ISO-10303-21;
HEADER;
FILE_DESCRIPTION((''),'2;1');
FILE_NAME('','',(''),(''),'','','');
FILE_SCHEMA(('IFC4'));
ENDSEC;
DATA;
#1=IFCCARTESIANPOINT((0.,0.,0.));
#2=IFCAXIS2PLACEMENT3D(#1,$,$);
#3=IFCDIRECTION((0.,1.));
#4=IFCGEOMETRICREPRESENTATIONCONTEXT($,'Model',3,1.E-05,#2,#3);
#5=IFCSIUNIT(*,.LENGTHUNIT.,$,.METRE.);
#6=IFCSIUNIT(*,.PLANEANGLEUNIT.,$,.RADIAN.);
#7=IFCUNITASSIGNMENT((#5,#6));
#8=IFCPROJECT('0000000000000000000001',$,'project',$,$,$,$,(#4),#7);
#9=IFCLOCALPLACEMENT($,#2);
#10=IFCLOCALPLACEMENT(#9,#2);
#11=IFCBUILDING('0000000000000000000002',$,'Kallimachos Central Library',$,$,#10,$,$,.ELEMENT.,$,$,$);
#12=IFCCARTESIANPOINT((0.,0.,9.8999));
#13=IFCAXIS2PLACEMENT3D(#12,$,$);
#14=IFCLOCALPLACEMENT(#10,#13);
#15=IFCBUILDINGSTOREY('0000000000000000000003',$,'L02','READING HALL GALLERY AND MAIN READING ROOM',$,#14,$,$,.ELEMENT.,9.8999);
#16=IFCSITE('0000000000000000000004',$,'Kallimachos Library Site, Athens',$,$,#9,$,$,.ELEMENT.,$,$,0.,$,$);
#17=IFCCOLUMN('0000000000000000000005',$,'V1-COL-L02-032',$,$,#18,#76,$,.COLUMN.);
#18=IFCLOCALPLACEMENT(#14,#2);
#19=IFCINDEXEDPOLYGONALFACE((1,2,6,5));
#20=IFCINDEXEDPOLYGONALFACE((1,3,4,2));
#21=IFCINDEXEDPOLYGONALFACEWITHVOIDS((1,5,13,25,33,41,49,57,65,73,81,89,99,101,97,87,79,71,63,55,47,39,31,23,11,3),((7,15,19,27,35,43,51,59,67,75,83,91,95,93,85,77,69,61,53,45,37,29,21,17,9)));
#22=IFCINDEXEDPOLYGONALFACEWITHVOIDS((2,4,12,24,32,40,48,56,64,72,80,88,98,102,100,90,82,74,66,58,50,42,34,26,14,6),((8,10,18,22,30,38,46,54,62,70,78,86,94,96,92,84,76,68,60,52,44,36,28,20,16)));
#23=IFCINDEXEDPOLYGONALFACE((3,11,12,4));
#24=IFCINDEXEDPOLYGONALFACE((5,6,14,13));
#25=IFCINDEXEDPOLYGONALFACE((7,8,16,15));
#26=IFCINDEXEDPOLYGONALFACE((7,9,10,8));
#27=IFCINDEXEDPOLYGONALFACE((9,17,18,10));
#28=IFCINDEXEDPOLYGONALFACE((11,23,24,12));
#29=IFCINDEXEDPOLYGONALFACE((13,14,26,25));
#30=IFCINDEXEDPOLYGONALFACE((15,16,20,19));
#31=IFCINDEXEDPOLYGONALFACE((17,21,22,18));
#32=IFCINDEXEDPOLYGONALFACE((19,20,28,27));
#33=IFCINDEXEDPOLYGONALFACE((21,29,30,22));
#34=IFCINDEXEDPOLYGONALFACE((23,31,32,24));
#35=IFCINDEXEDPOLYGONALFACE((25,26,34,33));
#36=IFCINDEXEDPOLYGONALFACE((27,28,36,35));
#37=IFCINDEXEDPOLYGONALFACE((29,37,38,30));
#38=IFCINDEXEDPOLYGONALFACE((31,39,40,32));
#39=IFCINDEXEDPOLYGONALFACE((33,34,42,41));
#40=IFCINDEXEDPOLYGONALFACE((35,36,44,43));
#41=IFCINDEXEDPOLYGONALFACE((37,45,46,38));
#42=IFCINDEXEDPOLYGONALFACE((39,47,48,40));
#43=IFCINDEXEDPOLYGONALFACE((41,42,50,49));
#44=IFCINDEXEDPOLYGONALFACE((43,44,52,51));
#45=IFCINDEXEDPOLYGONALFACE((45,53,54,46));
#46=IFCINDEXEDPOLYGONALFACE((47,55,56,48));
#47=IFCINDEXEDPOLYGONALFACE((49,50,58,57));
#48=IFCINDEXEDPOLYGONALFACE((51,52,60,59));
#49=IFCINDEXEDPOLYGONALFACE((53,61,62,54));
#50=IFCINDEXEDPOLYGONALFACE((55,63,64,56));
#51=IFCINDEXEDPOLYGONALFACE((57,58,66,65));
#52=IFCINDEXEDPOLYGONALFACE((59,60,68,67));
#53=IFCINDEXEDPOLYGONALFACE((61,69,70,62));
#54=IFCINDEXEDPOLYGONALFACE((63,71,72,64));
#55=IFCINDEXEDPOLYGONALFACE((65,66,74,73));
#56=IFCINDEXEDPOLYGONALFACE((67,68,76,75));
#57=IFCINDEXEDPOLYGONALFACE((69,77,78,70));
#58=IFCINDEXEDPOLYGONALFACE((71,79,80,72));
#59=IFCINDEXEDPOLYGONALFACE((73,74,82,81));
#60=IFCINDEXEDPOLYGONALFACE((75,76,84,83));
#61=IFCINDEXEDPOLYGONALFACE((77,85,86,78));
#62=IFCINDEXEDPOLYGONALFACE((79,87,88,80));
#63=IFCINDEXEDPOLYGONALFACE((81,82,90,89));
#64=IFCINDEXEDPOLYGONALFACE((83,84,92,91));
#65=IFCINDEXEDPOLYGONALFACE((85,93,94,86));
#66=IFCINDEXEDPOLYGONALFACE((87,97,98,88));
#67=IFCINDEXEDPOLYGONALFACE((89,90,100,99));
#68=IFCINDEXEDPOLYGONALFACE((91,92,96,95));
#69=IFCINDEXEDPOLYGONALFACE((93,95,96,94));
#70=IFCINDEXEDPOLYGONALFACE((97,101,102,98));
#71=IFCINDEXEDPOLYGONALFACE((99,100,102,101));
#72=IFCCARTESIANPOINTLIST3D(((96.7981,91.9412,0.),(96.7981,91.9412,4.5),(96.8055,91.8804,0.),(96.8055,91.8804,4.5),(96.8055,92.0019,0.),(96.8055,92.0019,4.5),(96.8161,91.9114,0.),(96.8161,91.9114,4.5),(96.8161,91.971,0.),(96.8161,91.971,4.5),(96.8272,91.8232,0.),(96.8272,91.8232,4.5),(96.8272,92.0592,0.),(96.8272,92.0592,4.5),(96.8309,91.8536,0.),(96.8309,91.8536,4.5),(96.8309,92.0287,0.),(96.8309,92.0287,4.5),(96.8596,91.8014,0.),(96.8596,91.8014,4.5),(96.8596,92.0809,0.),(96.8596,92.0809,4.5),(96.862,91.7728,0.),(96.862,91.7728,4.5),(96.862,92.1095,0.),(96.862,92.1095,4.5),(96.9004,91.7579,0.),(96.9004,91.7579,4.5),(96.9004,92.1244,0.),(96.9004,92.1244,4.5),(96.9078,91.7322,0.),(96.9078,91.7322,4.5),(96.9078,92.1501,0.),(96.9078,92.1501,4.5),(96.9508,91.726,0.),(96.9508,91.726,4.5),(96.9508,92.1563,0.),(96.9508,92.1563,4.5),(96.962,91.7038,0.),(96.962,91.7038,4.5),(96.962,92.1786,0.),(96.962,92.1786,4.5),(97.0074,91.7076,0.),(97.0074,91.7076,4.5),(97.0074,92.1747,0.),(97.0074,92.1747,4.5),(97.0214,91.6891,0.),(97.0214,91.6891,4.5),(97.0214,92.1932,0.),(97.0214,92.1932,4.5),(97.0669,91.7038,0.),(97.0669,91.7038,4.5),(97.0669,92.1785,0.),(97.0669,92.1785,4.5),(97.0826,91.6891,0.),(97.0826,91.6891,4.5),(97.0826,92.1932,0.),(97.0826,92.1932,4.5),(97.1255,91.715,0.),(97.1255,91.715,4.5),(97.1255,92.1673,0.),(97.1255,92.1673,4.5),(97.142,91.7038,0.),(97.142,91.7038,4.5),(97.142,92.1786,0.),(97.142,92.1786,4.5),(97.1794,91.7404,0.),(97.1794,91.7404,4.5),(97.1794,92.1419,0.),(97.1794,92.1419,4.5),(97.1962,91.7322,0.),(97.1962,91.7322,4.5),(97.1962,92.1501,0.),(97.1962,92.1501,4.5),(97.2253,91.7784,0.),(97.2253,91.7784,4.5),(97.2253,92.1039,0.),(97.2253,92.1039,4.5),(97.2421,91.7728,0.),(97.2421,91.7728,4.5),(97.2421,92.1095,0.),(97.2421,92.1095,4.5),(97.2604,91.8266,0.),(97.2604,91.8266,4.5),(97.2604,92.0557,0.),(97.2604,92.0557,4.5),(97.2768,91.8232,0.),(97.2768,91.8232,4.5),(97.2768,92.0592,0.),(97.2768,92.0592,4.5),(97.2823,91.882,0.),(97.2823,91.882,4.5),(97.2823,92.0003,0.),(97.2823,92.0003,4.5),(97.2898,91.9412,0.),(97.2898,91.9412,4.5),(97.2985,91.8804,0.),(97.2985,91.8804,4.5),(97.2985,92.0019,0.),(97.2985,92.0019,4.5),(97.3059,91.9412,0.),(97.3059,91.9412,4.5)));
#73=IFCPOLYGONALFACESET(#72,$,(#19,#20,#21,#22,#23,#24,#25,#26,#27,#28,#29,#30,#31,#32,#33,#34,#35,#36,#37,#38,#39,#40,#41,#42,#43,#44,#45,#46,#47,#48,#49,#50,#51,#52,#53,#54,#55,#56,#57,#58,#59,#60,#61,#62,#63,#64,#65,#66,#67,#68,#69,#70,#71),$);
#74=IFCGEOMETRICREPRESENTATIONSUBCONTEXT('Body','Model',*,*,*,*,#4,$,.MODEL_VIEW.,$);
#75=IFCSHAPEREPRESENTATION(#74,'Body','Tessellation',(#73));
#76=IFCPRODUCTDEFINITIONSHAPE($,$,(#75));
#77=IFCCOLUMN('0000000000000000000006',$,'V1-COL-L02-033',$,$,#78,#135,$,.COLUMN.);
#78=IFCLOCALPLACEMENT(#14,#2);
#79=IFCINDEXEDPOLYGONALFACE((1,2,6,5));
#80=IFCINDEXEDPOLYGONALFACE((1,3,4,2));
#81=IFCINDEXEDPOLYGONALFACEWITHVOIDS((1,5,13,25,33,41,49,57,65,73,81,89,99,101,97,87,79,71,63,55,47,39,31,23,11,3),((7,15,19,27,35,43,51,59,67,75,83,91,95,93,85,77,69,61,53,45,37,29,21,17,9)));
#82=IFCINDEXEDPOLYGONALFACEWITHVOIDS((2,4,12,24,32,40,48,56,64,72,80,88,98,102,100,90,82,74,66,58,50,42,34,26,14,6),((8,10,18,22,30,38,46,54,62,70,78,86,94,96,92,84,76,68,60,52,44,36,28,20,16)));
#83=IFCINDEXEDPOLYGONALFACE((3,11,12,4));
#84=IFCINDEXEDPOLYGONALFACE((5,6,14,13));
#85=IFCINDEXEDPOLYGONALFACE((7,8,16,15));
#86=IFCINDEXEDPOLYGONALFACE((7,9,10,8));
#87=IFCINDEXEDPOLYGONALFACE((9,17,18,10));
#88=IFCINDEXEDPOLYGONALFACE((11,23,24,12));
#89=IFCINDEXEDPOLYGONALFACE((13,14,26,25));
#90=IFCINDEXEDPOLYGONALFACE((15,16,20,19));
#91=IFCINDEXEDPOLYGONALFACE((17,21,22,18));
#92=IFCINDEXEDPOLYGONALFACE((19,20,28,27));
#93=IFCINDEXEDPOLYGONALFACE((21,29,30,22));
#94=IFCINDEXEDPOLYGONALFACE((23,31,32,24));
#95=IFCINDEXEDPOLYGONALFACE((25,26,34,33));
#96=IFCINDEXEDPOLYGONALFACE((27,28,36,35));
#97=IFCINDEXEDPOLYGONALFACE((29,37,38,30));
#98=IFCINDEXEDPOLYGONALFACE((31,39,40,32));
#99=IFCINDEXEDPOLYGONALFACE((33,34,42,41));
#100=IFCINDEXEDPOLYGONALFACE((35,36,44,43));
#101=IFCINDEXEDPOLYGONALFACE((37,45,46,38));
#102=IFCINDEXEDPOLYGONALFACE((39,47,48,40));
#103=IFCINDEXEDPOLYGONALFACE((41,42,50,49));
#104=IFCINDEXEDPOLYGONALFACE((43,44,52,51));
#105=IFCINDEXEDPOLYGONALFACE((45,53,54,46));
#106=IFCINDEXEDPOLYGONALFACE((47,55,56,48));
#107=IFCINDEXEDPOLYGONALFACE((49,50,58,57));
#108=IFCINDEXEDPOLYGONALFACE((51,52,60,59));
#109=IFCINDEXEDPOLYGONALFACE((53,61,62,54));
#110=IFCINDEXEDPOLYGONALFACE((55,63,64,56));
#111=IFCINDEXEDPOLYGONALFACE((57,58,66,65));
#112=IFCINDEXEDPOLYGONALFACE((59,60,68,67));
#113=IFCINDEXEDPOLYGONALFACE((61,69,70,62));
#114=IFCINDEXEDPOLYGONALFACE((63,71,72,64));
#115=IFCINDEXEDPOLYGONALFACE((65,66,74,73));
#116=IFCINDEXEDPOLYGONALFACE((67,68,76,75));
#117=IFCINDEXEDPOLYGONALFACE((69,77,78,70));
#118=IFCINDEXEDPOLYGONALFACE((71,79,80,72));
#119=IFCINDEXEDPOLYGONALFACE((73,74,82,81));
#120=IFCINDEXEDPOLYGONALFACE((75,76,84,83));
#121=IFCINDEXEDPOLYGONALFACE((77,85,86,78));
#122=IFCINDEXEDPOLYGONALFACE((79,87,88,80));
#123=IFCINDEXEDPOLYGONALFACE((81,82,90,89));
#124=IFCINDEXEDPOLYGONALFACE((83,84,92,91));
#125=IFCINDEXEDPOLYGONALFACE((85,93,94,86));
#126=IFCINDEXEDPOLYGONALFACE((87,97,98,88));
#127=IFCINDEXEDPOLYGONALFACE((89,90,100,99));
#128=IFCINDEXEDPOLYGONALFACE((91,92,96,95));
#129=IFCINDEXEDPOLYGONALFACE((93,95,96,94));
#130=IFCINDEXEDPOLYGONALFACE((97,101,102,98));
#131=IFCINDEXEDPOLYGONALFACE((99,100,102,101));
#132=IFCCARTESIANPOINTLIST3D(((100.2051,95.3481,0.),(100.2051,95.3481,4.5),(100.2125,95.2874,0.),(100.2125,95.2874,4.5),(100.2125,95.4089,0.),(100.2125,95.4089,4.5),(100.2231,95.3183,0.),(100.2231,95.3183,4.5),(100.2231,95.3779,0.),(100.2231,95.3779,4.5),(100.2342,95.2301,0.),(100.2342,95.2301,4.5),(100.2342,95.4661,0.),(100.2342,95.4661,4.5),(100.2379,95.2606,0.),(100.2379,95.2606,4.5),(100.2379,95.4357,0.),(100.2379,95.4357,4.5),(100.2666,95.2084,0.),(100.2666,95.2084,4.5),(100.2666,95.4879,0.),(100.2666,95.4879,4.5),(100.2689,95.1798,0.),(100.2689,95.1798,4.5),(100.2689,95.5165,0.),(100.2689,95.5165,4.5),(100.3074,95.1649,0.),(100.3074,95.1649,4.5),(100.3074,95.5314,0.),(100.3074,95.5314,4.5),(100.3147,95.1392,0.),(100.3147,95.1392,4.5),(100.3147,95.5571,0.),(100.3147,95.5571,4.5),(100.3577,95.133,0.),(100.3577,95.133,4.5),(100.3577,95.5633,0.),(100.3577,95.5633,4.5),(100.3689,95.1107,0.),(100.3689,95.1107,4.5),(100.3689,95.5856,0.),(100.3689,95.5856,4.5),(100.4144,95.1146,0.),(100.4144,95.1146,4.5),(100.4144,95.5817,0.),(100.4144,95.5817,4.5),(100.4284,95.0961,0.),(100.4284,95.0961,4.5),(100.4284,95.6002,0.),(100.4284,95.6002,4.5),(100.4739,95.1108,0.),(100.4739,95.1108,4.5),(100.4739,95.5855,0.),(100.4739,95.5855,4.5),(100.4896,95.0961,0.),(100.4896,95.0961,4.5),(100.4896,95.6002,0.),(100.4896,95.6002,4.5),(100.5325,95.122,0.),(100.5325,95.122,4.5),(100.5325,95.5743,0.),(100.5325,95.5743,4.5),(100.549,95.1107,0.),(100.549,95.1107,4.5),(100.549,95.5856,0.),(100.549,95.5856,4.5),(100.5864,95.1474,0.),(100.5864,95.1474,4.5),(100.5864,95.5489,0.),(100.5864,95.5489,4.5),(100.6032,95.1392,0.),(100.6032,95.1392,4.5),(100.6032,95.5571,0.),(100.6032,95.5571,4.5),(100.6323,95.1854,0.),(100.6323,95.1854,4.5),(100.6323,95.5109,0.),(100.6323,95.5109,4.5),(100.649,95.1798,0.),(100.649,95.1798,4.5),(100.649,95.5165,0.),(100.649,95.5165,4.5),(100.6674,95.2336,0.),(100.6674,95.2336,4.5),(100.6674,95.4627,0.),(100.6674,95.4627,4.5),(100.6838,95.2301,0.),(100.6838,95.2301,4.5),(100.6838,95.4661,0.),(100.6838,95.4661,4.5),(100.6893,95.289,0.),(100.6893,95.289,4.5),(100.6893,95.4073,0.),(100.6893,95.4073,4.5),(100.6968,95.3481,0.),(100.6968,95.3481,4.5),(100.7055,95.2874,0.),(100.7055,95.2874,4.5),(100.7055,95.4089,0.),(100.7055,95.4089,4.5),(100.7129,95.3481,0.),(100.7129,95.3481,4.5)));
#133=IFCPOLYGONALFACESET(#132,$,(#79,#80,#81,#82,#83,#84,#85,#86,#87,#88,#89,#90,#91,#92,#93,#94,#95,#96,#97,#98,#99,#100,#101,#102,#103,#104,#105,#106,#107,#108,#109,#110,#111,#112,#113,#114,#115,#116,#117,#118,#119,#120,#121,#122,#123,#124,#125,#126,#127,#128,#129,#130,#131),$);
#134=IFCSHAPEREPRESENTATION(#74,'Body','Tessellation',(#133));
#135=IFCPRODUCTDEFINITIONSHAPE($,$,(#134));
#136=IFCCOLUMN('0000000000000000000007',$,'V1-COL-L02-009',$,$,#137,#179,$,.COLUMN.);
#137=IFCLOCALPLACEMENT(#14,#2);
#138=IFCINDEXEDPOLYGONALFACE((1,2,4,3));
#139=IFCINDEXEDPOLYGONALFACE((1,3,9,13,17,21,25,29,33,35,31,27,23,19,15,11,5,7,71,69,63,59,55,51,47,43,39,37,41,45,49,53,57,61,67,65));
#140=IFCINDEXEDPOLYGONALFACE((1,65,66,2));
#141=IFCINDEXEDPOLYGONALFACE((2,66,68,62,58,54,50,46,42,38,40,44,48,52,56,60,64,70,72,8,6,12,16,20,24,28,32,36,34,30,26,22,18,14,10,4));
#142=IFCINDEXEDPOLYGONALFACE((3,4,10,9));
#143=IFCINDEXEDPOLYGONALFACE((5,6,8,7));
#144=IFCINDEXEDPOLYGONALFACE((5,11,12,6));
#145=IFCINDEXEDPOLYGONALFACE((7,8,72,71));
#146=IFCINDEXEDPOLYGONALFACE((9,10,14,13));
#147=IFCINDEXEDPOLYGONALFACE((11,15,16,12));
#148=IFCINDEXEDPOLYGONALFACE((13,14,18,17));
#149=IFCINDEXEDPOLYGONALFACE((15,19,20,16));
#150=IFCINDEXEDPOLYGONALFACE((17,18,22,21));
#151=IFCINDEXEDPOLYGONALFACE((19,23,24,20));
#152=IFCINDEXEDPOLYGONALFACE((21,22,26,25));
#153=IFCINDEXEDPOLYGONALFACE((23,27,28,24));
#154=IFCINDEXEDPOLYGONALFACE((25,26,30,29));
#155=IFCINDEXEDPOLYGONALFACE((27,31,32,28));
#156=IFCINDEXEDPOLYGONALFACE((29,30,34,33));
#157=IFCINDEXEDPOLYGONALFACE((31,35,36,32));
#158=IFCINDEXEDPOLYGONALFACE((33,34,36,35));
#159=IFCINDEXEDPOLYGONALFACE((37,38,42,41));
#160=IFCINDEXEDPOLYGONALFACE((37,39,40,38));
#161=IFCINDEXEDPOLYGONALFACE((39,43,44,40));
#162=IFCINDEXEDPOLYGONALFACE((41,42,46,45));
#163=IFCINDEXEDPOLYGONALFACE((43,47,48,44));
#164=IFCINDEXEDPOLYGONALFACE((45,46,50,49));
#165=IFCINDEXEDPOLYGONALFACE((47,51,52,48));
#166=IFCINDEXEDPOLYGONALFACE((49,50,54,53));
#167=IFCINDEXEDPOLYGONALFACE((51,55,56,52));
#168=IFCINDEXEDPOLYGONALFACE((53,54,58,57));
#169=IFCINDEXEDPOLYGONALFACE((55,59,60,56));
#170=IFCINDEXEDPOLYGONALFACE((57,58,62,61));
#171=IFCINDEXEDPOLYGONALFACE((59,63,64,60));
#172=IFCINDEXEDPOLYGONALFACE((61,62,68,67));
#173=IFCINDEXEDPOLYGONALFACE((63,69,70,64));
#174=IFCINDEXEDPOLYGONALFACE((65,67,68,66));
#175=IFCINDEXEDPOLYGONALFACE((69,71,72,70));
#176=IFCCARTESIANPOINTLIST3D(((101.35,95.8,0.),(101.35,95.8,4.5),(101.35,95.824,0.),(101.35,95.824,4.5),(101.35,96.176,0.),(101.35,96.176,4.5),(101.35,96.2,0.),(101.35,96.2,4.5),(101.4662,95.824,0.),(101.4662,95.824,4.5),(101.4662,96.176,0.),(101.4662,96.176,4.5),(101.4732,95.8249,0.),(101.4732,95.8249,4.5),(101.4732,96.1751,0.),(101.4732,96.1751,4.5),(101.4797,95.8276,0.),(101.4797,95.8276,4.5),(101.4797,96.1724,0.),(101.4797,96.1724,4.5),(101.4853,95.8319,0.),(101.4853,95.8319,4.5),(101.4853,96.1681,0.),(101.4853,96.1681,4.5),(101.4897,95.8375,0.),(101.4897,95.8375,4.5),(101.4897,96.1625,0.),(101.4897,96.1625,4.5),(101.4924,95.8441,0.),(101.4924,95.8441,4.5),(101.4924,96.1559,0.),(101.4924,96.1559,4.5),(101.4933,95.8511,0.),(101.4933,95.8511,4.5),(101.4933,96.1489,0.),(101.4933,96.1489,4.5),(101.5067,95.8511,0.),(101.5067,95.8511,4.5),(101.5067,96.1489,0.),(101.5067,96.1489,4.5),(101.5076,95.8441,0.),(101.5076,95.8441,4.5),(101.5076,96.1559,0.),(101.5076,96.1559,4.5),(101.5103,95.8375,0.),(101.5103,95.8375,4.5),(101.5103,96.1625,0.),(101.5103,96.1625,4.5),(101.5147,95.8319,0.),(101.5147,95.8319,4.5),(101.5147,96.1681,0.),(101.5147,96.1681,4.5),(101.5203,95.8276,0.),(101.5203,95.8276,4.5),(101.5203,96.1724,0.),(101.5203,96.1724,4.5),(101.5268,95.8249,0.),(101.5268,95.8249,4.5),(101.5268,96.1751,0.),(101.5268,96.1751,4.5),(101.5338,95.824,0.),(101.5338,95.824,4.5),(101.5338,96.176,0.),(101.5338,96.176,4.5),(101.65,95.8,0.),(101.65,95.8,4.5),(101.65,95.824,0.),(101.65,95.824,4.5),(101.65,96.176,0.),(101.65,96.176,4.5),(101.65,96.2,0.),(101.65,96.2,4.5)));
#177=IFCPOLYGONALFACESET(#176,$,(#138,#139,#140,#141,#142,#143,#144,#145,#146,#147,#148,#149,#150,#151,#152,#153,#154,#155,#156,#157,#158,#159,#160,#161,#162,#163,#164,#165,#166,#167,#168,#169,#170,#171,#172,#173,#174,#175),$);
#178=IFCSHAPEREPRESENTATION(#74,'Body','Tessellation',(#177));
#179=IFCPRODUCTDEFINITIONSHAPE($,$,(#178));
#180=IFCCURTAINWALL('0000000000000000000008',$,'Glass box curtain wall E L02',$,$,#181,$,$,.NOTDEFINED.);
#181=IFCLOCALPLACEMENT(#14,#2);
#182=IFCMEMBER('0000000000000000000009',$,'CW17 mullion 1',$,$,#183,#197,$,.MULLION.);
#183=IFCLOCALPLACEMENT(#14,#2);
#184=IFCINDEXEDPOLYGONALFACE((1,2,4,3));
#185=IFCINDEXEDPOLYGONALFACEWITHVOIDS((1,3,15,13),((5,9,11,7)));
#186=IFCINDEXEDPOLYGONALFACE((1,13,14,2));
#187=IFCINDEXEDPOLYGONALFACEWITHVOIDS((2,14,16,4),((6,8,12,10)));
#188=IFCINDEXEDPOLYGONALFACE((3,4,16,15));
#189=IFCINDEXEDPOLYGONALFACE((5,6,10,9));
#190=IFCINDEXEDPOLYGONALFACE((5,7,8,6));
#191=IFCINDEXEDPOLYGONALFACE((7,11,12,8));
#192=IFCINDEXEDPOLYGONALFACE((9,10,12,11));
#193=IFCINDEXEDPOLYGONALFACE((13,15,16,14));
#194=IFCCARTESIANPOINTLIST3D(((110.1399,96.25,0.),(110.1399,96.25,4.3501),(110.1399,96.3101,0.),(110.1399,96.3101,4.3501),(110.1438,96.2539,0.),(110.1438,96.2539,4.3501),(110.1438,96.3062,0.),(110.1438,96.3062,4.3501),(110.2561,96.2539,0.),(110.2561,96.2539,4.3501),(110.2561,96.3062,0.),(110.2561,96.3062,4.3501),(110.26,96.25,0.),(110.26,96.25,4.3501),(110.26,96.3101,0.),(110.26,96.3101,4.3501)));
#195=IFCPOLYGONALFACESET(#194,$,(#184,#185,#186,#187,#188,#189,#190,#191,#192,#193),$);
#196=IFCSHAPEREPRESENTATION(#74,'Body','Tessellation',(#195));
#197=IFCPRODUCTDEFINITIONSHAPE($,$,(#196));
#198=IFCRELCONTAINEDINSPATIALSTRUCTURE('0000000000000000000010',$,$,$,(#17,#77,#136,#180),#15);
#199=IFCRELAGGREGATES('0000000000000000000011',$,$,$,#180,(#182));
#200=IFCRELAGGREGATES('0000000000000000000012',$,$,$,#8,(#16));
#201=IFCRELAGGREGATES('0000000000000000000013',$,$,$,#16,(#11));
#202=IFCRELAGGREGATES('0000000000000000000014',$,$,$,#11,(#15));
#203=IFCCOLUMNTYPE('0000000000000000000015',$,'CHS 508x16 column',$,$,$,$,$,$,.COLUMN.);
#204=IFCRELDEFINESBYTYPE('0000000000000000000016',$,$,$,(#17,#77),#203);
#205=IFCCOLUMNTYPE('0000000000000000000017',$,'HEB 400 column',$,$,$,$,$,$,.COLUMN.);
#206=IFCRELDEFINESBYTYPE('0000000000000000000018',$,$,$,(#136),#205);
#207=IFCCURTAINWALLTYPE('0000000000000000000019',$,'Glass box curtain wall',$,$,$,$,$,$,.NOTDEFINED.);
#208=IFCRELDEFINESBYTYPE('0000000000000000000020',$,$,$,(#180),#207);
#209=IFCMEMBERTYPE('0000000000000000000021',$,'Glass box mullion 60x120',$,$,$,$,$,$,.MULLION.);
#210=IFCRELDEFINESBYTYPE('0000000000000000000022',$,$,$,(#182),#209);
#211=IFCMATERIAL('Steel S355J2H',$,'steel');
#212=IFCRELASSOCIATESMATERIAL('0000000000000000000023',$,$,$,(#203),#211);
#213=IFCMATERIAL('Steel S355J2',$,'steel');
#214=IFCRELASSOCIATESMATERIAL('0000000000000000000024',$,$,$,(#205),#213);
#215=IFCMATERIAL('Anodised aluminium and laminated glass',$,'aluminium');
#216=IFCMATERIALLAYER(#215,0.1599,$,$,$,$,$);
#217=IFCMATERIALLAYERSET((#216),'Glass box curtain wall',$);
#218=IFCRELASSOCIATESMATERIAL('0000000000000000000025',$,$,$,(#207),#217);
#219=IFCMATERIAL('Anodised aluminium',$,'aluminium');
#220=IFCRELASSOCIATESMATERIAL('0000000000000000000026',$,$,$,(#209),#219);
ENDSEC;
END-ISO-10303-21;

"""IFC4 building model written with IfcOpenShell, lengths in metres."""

from ifc_helpers import new_model, si_unit, direction, frame, origin, origin_2d, place, context, subcontext, project, spatial, hollow_rectangle, hollow_circle, i_section, extrude, material, layer, layer_set, material_profile, profile_set, type_object, element, aggregate, save


model = new_model("IFC4")

# Units and contexts
model_context = context("Model", 3, precision=1e-05, world=origin(), true_north=direction((0.0, 1.0)))
body_context = subcontext(model_context, "Body", "Model", "MODEL_VIEW")
ifc_project = project(units=[si_unit("LENGTHUNIT", "METRE"), si_unit("PLANEANGLEUNIT", "RADIAN")], contexts=[model_context])

# Site, building, storey
site_placement = place(None, origin())
site = spatial("IfcSite", under=ifc_project, at=site_placement, Name="Kallimachos Library Site, Athens", CompositionType="ELEMENT", RefElevation=0.0)
building_placement = place(site_placement, origin())
building = spatial("IfcBuilding", under=site, at=building_placement, Name="Kallimachos Central Library", CompositionType="ELEMENT")
storey_placement = place(building_placement, frame((0.0, 0.0, 9.8999)))
storey = spatial("IfcBuildingStorey", under=building, at=storey_placement, Name="L02", Description="READING HALL GALLERY AND MAIN READING ROOM", CompositionType="ELEMENT", Elevation=9.8999)

# Columns
ifc_material_1 = material(Name="Steel S355J2H", Category="steel")
ifc_material_profile_1 = material_profile(ifc_material_1, hollow_circle(Radius=0.2539, WallThickness=0.0161, at=origin_2d()), Name="CHS 508x16")
ifc_profile_set_1 = profile_set([ifc_material_profile_1], Name="Steel S355J2H")
column_type_1 = type_object("IfcColumnType", Name="CHS 508x16 column", PredefinedType="COLUMN", material=ifc_profile_set_1)
for number, where, z_axis, x_axis, name in (
    (1, (97.052, 91.9412, 0.0), (0.0, 0.0, 1.0), (1.0, 0.0, 0.0), "V1-COL-L02-032"),
    (2, (100.459, 95.3481, 0.0), (0.0, 0.0, 1.0), (1.0, 0.0, 0.0), "V1-COL-L02-033"),
):
    element("IfcColumn", number, at=place(storey_placement, frame(where, z_axis=z_axis, x_axis=x_axis)), inside=storey, type_object=column_type_1, Name=name, PredefinedType="COLUMN", context=body_context, shape_type="SweptSolid", body=[
        extrude(hollow_circle(Radius=0.2539, WallThickness=0.0161, at=origin_2d()), origin(), (0.0, 0.0, 1.0), 4.5),
    ])
ifc_material_2 = material(Name="Steel S355J2", Category="steel")
ifc_material_profile_2 = material_profile(ifc_material_2, i_section(OverallWidth=0.3, OverallDepth=0.3999, WebThickness=0.0134, FlangeThickness=0.0239, FilletRadius=0.0271, at=origin_2d()), Name="HEB 400")
ifc_profile_set_2 = profile_set([ifc_material_profile_2], Name="Steel S355J2")
column_type_2 = type_object("IfcColumnType", Name="HEB 400 column", PredefinedType="COLUMN", material=ifc_profile_set_2)
column_placement = place(storey_placement, frame((101.5, 96.0, 0.0), z_axis=(0.0, 0.0, 1.0), x_axis=(1.0, 0.0, 0.0)))
element("IfcColumn", 3, at=column_placement, inside=storey, type_object=column_type_2, Name="V1-COL-L02-009", PredefinedType="COLUMN", context=body_context, shape_type="SweptSolid", body=[
    extrude(i_section(OverallWidth=0.3, OverallDepth=0.3999, WebThickness=0.0134, FlangeThickness=0.0239, FilletRadius=0.0271, at=origin_2d()), origin(), (0.0, 0.0, 1.0), 4.5),
])

# Curtain wall, member
ifc_material_3 = material(Name="Anodised aluminium and laminated glass", Category="aluminium")
ifc_layer_1 = layer(ifc_material_3, 0.1599)
ifc_layer_set_1 = layer_set([ifc_layer_1], Name="Glass box curtain wall")
curtain_wall_type = type_object("IfcCurtainWallType", Name="Glass box curtain wall", PredefinedType="NOTDEFINED", material=ifc_layer_set_1)
curtain_wall_placement = place(storey_placement, origin())
curtain_wall = element("IfcCurtainWall", 4, at=curtain_wall_placement, inside=storey, type_object=curtain_wall_type, Name="Glass box curtain wall E L02", PredefinedType="NOTDEFINED")
ifc_material_4 = material(Name="Anodised aluminium", Category="aluminium")
ifc_material_profile_3 = material_profile(ifc_material_4, hollow_rectangle(XDim=0.0601, YDim=0.1201, WallThickness=0.0039, at=origin_2d()), Name="ALU MULLION 60x120")
ifc_profile_set_3 = profile_set([ifc_material_profile_3], Name="Anodised aluminium")
member_type_1 = type_object("IfcMemberType", Name="Glass box mullion 60x120", PredefinedType="MULLION", material=ifc_profile_set_3)
member_1_placement = place(storey_placement, frame((110.2, 96.28, 0.0), z_axis=(0.0, 0.0, 1.0), x_axis=(0.0, 1.0, 0.0)))
member_1 = element("IfcMember", 5, at=member_1_placement, type_object=member_type_1, Name="CW17 mullion 1", PredefinedType="MULLION", context=body_context, shape_type="SweptSolid", body=[
    extrude(hollow_rectangle(XDim=0.0601, YDim=0.1201, WallThickness=0.0039, at=origin_2d()), origin(), (0.0, 0.0, 1.0), 4.3501),
])
aggregate(curtain_wall, [member_1])

save(model, "model.ifc")
